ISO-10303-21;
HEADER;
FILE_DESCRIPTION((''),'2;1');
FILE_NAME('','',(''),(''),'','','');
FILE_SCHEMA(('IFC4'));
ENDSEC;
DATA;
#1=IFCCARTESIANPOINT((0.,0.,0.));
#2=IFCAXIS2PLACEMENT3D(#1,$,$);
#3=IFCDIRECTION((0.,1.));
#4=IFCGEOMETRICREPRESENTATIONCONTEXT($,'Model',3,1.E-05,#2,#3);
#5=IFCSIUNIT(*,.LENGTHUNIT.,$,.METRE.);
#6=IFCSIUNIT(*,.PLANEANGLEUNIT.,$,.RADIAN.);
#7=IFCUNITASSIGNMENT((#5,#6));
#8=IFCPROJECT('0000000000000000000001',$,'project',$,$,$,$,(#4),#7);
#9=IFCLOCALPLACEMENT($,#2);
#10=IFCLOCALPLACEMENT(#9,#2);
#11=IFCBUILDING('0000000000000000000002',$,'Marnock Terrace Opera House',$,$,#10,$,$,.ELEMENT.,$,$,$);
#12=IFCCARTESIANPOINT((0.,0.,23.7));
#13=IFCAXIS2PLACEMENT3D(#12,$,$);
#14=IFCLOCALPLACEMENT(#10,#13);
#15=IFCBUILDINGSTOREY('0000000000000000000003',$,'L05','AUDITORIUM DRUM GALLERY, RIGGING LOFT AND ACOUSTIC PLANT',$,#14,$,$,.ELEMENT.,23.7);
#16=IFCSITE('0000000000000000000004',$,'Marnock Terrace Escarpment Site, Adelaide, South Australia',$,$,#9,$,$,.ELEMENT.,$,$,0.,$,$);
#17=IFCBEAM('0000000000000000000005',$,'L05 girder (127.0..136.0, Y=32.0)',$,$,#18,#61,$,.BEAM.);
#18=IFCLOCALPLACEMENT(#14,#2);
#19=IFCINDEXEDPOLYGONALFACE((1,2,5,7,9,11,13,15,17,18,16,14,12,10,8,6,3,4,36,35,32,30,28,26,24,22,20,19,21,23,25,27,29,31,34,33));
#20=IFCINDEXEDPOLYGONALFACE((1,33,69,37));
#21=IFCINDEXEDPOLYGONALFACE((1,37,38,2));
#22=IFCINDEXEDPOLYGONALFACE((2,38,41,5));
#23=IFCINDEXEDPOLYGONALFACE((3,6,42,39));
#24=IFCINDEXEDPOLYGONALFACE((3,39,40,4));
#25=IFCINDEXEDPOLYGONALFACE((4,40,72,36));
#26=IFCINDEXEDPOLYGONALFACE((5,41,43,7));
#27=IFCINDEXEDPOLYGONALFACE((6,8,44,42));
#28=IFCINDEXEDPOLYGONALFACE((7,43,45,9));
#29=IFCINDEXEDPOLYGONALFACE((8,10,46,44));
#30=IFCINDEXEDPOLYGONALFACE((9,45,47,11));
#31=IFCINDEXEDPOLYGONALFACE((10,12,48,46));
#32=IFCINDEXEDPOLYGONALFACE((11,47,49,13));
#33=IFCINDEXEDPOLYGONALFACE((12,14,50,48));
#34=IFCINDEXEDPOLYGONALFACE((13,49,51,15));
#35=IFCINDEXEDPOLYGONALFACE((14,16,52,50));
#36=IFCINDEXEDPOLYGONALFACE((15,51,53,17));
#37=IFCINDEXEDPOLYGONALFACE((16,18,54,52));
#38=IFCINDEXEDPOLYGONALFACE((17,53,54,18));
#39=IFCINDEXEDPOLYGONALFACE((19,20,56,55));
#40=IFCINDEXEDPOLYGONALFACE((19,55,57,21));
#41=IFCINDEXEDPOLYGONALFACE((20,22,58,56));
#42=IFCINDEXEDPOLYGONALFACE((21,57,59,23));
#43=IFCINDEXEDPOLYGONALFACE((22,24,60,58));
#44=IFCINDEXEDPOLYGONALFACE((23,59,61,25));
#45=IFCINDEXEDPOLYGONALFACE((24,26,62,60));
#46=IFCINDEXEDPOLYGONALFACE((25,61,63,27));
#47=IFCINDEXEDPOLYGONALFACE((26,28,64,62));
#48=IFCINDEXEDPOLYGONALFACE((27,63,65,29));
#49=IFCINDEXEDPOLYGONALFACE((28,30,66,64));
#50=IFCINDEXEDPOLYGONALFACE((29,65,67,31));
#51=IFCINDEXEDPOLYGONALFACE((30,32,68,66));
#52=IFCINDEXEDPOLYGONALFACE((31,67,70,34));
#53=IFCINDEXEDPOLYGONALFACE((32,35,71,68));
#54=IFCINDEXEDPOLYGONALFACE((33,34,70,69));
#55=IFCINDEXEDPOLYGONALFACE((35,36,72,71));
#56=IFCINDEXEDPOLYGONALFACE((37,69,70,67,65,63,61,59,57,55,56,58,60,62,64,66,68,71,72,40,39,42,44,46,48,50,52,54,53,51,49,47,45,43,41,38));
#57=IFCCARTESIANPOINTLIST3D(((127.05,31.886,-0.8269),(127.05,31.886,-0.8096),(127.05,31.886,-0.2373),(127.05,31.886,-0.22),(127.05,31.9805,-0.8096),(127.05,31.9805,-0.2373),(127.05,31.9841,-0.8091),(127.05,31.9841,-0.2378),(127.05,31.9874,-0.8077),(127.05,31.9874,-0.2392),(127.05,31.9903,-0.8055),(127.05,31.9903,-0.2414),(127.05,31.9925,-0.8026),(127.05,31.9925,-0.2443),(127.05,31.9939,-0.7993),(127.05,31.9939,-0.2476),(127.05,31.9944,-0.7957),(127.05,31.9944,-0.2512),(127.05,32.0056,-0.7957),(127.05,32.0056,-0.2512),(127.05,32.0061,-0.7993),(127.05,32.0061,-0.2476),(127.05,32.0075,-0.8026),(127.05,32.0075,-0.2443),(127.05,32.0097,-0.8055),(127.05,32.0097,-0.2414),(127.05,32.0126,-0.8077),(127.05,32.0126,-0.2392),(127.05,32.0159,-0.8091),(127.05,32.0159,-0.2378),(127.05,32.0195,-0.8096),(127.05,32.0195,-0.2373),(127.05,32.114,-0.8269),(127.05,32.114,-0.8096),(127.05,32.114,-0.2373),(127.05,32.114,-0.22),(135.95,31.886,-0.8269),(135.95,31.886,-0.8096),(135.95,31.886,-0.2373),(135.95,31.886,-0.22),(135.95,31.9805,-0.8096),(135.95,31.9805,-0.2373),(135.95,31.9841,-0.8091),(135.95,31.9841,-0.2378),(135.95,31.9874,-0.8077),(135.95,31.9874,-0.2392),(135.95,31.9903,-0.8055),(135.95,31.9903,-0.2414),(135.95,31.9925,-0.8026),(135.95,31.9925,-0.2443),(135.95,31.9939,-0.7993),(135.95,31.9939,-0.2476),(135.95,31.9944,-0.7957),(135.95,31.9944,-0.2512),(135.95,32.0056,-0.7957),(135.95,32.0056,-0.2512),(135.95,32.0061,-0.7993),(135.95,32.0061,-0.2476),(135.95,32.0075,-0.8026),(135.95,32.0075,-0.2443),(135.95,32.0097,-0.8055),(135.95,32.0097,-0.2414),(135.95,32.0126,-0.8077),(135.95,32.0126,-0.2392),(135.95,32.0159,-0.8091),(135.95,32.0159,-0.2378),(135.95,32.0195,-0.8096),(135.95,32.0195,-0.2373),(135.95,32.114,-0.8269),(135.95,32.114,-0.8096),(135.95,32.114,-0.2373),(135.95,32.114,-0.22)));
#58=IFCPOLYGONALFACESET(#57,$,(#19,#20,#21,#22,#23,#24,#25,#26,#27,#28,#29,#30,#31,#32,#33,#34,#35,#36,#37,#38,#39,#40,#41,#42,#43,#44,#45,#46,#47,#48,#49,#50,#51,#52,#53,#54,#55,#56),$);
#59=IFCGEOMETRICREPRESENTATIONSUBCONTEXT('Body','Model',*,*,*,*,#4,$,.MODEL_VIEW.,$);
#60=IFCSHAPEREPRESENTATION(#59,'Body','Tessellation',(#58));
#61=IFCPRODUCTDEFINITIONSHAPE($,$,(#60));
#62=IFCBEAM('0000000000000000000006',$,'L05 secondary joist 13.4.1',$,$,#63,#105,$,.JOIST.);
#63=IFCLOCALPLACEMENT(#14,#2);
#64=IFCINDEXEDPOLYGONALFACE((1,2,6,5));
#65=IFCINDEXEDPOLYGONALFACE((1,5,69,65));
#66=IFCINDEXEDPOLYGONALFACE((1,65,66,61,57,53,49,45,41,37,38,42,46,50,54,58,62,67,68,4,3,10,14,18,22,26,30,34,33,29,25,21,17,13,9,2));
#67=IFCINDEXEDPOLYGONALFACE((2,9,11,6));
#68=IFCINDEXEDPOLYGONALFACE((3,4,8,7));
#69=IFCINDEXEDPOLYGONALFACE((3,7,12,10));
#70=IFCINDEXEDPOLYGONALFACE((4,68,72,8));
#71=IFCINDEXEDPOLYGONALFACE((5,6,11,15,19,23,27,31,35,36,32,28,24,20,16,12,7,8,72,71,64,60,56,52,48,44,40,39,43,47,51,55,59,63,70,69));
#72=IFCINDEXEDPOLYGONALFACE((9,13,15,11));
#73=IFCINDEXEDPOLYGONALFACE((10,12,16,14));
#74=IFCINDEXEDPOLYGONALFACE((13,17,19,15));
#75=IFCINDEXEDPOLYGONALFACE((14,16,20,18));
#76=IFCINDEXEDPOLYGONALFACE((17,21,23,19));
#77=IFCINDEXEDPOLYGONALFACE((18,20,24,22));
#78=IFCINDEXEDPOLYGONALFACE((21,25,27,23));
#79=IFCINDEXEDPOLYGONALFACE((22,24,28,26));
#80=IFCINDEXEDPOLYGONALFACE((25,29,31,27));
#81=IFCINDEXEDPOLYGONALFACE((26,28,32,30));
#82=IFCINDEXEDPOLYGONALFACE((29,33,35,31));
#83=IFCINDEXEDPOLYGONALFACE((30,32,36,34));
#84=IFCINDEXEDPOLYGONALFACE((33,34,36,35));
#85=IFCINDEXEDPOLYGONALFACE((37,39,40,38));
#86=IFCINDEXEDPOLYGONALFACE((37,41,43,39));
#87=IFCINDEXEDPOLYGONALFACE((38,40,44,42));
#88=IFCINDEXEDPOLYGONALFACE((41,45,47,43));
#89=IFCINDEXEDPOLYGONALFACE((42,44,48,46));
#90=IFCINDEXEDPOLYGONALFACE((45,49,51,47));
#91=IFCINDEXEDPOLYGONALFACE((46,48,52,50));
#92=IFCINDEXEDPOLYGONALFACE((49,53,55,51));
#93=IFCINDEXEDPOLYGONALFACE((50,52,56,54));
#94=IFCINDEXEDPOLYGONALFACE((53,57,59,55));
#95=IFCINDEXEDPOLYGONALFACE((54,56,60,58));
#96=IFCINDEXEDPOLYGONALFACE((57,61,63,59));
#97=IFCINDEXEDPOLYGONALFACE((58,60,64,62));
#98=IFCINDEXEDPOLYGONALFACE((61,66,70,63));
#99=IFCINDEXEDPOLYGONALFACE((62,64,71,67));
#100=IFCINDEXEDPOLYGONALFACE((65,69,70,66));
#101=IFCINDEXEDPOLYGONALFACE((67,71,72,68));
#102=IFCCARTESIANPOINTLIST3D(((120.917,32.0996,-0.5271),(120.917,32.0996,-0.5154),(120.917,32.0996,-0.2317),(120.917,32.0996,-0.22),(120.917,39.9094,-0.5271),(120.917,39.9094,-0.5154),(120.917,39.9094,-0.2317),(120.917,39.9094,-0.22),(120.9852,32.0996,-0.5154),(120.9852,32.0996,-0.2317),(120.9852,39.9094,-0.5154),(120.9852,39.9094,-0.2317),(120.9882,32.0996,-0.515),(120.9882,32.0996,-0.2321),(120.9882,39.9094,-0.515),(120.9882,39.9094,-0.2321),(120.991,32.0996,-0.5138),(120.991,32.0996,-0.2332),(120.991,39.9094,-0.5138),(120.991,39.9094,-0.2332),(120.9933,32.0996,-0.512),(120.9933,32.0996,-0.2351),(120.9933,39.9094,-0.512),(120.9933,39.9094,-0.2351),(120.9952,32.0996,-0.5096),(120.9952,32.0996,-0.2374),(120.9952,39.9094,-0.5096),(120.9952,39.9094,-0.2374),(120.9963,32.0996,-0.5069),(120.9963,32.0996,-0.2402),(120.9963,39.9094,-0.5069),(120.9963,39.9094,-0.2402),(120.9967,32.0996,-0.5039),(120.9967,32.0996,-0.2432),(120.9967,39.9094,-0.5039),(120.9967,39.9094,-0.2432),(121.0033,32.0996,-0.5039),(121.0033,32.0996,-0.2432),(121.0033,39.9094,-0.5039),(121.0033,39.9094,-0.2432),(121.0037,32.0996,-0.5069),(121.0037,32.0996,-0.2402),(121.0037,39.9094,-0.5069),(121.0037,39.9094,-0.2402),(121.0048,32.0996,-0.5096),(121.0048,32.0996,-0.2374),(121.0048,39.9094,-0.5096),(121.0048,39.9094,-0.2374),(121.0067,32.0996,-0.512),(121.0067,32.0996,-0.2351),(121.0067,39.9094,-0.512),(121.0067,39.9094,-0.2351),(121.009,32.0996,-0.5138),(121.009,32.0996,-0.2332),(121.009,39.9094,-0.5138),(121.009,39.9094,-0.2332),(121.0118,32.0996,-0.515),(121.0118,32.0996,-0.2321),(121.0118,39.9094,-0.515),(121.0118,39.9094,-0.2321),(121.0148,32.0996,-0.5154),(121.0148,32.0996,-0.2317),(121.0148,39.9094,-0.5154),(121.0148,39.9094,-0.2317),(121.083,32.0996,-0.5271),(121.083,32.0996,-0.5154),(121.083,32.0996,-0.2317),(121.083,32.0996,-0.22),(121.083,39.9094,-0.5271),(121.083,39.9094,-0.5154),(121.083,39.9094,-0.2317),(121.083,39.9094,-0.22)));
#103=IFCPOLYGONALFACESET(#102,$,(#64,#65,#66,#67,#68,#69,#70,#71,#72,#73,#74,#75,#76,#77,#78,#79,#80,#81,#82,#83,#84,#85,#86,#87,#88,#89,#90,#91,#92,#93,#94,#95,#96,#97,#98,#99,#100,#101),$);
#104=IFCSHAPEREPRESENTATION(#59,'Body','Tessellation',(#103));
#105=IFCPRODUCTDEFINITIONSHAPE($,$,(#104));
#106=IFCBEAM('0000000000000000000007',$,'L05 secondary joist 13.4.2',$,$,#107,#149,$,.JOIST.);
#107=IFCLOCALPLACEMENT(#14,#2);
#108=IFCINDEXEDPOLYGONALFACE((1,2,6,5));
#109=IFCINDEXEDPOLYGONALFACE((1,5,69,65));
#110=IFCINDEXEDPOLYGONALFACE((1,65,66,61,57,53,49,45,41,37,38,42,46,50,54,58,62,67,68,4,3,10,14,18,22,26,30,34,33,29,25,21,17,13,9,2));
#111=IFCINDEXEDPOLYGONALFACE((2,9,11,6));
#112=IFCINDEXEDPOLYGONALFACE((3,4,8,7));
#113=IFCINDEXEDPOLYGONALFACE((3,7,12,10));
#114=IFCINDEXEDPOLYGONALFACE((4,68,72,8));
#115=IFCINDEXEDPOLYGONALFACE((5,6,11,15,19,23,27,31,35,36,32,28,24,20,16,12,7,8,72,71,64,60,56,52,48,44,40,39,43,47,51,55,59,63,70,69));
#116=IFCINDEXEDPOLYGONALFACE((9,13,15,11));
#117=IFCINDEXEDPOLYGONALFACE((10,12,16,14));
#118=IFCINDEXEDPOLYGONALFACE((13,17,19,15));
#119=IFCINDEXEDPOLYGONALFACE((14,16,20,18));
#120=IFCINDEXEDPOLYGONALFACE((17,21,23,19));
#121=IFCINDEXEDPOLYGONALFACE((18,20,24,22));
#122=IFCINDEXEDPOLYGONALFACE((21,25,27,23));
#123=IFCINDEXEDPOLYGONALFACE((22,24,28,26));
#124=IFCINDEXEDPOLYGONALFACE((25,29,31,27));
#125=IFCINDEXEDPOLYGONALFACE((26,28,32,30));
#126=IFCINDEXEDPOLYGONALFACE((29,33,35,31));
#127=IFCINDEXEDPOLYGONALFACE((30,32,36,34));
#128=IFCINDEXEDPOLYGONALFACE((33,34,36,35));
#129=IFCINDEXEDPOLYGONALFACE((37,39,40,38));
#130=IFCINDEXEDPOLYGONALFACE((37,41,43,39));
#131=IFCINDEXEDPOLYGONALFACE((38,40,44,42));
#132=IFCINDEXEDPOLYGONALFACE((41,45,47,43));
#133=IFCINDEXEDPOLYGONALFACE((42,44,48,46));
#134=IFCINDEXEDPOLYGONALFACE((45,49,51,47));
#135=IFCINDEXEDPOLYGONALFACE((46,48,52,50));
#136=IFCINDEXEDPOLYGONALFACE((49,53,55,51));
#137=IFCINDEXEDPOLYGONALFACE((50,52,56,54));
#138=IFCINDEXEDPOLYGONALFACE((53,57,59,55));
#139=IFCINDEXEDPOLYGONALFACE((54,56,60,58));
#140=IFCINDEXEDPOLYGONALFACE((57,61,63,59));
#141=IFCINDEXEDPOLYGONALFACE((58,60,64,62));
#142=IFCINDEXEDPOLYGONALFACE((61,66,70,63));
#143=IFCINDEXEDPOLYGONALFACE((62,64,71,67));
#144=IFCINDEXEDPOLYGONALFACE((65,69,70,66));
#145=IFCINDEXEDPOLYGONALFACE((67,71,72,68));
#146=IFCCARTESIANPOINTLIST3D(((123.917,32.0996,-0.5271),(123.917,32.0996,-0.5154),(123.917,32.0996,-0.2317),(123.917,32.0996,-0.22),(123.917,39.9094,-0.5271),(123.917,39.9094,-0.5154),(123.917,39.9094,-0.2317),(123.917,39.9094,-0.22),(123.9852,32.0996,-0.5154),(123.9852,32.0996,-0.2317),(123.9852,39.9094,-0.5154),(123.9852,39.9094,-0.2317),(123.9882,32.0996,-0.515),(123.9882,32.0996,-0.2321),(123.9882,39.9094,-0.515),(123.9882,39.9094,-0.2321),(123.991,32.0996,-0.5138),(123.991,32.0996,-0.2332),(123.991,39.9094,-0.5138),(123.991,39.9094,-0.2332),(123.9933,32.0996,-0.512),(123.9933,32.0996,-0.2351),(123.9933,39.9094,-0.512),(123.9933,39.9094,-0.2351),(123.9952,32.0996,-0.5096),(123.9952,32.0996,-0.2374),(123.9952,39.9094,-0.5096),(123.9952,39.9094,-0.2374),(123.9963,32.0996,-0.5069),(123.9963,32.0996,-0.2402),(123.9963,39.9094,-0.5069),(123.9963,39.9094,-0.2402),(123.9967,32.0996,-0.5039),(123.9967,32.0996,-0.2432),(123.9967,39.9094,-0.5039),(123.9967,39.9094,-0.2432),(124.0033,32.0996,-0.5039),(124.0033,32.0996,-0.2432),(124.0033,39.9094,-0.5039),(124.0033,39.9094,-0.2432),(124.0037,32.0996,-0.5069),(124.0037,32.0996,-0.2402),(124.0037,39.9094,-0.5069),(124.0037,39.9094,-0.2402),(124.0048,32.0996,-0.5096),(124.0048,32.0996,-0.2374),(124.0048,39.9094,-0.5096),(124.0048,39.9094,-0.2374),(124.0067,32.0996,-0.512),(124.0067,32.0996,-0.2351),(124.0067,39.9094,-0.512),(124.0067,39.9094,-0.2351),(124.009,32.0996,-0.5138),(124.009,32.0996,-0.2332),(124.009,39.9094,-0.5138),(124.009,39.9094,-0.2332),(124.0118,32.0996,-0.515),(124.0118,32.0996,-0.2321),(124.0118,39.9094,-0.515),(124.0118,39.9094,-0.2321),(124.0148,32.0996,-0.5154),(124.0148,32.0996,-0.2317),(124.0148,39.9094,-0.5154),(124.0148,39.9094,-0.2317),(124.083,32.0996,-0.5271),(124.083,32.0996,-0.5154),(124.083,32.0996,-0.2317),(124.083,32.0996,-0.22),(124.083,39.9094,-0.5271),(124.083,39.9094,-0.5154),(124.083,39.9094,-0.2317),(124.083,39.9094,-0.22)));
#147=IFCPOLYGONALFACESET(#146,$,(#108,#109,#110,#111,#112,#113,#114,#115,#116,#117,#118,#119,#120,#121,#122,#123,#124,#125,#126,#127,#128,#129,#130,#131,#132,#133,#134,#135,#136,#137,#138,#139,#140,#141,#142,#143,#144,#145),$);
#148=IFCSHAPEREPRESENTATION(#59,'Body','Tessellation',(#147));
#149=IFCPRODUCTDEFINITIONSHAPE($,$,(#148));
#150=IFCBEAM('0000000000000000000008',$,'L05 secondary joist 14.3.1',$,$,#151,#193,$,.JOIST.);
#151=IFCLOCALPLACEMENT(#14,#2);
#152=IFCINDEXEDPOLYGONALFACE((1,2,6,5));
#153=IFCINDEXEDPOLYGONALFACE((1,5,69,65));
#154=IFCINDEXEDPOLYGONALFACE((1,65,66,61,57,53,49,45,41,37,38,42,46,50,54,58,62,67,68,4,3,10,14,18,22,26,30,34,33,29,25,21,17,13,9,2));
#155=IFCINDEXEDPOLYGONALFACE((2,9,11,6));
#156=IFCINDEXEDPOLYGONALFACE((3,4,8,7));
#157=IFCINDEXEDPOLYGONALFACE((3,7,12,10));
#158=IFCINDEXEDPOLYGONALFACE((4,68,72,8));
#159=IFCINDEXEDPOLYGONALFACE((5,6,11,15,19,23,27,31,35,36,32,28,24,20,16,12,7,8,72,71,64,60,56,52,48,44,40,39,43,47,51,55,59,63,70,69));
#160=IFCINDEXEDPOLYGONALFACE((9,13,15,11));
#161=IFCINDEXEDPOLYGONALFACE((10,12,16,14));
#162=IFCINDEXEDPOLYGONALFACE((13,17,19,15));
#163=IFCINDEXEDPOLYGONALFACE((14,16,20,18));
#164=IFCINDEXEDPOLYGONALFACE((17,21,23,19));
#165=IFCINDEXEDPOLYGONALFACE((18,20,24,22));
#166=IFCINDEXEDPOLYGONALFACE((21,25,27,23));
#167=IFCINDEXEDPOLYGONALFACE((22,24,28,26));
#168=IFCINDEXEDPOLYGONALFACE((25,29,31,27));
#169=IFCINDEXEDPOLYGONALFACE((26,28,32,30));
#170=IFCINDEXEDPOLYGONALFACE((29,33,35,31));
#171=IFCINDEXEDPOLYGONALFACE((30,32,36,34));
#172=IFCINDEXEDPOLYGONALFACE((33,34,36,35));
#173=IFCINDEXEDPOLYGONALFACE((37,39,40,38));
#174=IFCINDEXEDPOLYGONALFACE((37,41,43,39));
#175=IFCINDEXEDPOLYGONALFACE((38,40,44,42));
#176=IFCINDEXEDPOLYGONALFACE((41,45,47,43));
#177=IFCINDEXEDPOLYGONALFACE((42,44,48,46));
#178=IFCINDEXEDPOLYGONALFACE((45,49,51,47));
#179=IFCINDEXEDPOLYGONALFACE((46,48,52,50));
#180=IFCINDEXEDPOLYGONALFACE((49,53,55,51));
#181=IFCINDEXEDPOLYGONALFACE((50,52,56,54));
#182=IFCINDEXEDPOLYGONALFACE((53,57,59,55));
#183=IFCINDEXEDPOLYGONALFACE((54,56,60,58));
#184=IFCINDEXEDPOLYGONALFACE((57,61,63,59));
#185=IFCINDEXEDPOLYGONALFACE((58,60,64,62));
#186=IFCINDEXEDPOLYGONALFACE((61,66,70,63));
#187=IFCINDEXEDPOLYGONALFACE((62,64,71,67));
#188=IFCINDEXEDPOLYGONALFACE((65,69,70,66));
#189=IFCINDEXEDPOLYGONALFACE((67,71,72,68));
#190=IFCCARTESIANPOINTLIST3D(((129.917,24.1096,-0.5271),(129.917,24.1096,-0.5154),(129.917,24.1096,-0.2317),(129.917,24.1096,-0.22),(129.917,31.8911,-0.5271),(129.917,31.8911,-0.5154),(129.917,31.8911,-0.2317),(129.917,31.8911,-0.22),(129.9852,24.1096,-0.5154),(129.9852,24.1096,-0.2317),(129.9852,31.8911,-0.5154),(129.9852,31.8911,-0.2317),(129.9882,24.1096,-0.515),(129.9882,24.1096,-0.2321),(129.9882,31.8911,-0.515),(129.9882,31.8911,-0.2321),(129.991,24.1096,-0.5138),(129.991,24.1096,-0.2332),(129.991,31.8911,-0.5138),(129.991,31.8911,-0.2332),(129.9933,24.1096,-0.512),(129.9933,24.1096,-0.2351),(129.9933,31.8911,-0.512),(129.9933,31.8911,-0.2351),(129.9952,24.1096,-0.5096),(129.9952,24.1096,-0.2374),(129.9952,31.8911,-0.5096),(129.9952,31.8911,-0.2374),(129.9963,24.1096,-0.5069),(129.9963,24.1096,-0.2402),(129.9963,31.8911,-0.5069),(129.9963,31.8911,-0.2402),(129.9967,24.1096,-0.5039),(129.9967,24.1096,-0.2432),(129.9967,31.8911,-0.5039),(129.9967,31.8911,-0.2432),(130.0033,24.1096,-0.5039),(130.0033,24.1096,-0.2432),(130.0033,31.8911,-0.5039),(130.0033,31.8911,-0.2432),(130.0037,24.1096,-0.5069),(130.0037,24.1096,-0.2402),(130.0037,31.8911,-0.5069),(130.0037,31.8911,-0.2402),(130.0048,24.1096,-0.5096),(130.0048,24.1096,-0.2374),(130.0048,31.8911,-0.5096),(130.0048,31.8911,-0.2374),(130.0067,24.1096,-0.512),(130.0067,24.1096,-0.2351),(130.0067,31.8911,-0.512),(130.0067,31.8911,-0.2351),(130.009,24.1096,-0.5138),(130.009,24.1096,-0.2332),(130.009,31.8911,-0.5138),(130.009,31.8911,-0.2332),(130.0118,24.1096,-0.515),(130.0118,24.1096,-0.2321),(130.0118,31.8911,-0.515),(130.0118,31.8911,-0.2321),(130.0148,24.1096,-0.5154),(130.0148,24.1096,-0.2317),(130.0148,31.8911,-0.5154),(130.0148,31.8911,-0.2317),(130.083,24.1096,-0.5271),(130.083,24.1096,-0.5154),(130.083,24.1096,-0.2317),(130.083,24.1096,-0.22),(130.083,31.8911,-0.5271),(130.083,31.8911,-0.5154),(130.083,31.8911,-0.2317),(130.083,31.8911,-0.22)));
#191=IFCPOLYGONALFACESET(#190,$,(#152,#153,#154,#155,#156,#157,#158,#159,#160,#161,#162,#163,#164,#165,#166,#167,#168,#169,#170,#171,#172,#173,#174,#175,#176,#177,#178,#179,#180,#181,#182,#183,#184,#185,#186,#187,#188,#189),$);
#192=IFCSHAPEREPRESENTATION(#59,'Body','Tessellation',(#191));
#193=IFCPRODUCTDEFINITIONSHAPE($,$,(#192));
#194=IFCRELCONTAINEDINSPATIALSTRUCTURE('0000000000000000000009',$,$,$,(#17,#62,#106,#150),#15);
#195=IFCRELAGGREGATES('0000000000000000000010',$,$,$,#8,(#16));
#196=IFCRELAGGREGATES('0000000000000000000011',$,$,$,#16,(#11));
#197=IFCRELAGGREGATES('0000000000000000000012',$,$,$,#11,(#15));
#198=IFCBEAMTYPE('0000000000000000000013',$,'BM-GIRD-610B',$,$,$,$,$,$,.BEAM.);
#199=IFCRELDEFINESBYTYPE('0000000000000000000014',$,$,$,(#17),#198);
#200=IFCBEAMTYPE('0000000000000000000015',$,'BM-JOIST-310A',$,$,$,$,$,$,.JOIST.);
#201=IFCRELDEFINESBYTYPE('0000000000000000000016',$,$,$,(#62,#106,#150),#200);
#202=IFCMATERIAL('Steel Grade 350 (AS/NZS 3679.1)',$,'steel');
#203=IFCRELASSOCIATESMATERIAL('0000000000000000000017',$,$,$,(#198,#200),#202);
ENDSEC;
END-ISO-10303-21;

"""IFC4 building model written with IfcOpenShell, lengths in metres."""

from ifc_helpers import new_model, si_unit, direction, frame, origin, origin_2d, place, context, subcontext, project, spatial, i_section, extrude, material, material_profile, profile_set, type_object, element, save


model = new_model("IFC4")

# Units and contexts
model_context = context("Model", 3, precision=1e-05, world=origin(), true_north=direction((0.0, 1.0)))
body_context = subcontext(model_context, "Body", "Model", "MODEL_VIEW")
ifc_project = project(units=[si_unit("LENGTHUNIT", "METRE"), si_unit("PLANEANGLEUNIT", "RADIAN")], contexts=[model_context])

# Site, building, storey
site_placement = place(None, origin())
site = spatial("IfcSite", under=ifc_project, at=site_placement, Name="Marnock Terrace Escarpment Site, Adelaide, South Australia", CompositionType="ELEMENT", RefElevation=0.0)
building_placement = place(site_placement, origin())
building = spatial("IfcBuilding", under=site, at=building_placement, Name="Marnock Terrace Opera House", CompositionType="ELEMENT")
storey_placement = place(building_placement, frame((0.0, 0.0, 23.7)))
storey = spatial("IfcBuildingStorey", under=building, at=storey_placement, Name="L05", Description="AUDITORIUM DRUM GALLERY, RIGGING LOFT AND ACOUSTIC PLANT", CompositionType="ELEMENT", Elevation=23.7)

# Beams
ifc_material = material(Name="Steel Grade 350 (AS/NZS 3679.1)", Category="steel")
ifc_material_profile_1 = material_profile(ifc_material, i_section(OverallWidth=0.228, OverallDepth=0.6069, WebThickness=0.0112, FlangeThickness=0.0173, FilletRadius=0.0139, at=origin_2d()))
ifc_profile_set_1 = profile_set([ifc_material_profile_1], Name="Steel Grade 350 (AS/NZS 3679.1)")
beam_type_1 = type_object("IfcBeamType", Name="BM-GIRD-610B", PredefinedType="BEAM", material=ifc_profile_set_1)
beam_1_placement = place(storey_placement, frame((127.05, 32.0, -0.5234), z_axis=(1.0, 0.0, 0.0), x_axis=(0.0, 1.0, 0.0)))
element("IfcBeam", 1, at=beam_1_placement, inside=storey, type_object=beam_type_1, Name="L05 girder (127.0..136.0, Y=32.0)", PredefinedType="BEAM", context=body_context, shape_type="SweptSolid", body=[
    extrude(i_section(OverallWidth=0.228, OverallDepth=0.6069, WebThickness=0.0112, FlangeThickness=0.0173, FilletRadius=0.0139, at=origin_2d()), origin(), (0.0, 0.0, 1.0), 8.8999),
])
ifc_material_profile_2 = material_profile(ifc_material, i_section(OverallWidth=0.166, OverallDepth=0.3071, WebThickness=0.0066, FlangeThickness=0.0117, FilletRadius=0.0115, at=origin_2d()))
ifc_profile_set_2 = profile_set([ifc_material_profile_2], Name="Steel Grade 350 (AS/NZS 3679.1)")
beam_type_2 = type_object("IfcBeamType", Name="BM-JOIST-310A", PredefinedType="JOIST", material=ifc_profile_set_2)
for number, where, z_axis, x_axis, name in (
    (2, (121.0, 32.0996, -0.3735), (0.0, 1.0, 0.0), (-1.0, 0.0, 0.0), "L05 secondary joist 13.4.1"),
    (3, (124.0, 32.0996, -0.3735), (0.0, 1.0, 0.0), (-1.0, 0.0, 0.0), "L05 secondary joist 13.4.2"),
):
    element("IfcBeam", number, at=place(storey_placement, frame(where, z_axis=z_axis, x_axis=x_axis)), inside=storey, type_object=beam_type_2, Name=name, PredefinedType="JOIST", context=body_context, shape_type="SweptSolid", body=[
        extrude(i_section(OverallWidth=0.166, OverallDepth=0.3071, WebThickness=0.0066, FlangeThickness=0.0117, FilletRadius=0.0115, at=origin_2d()), origin(), (0.0, 0.0, 1.0), 7.8098),
    ])
beam_2_placement = place(storey_placement, frame((130.0, 24.1096, -0.3735), z_axis=(0.0, 1.0, 0.0), x_axis=(-1.0, 0.0, 0.0)))
element("IfcBeam", 4, at=beam_2_placement, inside=storey, type_object=beam_type_2, Name="L05 secondary joist 14.3.1", PredefinedType="JOIST", context=body_context, shape_type="SweptSolid", body=[
    extrude(i_section(OverallWidth=0.166, OverallDepth=0.3071, WebThickness=0.0066, FlangeThickness=0.0117, FilletRadius=0.0115, at=origin_2d()), origin(), (0.0, 0.0, 1.0), 7.7815),
])

save(model, "model.ifc")
